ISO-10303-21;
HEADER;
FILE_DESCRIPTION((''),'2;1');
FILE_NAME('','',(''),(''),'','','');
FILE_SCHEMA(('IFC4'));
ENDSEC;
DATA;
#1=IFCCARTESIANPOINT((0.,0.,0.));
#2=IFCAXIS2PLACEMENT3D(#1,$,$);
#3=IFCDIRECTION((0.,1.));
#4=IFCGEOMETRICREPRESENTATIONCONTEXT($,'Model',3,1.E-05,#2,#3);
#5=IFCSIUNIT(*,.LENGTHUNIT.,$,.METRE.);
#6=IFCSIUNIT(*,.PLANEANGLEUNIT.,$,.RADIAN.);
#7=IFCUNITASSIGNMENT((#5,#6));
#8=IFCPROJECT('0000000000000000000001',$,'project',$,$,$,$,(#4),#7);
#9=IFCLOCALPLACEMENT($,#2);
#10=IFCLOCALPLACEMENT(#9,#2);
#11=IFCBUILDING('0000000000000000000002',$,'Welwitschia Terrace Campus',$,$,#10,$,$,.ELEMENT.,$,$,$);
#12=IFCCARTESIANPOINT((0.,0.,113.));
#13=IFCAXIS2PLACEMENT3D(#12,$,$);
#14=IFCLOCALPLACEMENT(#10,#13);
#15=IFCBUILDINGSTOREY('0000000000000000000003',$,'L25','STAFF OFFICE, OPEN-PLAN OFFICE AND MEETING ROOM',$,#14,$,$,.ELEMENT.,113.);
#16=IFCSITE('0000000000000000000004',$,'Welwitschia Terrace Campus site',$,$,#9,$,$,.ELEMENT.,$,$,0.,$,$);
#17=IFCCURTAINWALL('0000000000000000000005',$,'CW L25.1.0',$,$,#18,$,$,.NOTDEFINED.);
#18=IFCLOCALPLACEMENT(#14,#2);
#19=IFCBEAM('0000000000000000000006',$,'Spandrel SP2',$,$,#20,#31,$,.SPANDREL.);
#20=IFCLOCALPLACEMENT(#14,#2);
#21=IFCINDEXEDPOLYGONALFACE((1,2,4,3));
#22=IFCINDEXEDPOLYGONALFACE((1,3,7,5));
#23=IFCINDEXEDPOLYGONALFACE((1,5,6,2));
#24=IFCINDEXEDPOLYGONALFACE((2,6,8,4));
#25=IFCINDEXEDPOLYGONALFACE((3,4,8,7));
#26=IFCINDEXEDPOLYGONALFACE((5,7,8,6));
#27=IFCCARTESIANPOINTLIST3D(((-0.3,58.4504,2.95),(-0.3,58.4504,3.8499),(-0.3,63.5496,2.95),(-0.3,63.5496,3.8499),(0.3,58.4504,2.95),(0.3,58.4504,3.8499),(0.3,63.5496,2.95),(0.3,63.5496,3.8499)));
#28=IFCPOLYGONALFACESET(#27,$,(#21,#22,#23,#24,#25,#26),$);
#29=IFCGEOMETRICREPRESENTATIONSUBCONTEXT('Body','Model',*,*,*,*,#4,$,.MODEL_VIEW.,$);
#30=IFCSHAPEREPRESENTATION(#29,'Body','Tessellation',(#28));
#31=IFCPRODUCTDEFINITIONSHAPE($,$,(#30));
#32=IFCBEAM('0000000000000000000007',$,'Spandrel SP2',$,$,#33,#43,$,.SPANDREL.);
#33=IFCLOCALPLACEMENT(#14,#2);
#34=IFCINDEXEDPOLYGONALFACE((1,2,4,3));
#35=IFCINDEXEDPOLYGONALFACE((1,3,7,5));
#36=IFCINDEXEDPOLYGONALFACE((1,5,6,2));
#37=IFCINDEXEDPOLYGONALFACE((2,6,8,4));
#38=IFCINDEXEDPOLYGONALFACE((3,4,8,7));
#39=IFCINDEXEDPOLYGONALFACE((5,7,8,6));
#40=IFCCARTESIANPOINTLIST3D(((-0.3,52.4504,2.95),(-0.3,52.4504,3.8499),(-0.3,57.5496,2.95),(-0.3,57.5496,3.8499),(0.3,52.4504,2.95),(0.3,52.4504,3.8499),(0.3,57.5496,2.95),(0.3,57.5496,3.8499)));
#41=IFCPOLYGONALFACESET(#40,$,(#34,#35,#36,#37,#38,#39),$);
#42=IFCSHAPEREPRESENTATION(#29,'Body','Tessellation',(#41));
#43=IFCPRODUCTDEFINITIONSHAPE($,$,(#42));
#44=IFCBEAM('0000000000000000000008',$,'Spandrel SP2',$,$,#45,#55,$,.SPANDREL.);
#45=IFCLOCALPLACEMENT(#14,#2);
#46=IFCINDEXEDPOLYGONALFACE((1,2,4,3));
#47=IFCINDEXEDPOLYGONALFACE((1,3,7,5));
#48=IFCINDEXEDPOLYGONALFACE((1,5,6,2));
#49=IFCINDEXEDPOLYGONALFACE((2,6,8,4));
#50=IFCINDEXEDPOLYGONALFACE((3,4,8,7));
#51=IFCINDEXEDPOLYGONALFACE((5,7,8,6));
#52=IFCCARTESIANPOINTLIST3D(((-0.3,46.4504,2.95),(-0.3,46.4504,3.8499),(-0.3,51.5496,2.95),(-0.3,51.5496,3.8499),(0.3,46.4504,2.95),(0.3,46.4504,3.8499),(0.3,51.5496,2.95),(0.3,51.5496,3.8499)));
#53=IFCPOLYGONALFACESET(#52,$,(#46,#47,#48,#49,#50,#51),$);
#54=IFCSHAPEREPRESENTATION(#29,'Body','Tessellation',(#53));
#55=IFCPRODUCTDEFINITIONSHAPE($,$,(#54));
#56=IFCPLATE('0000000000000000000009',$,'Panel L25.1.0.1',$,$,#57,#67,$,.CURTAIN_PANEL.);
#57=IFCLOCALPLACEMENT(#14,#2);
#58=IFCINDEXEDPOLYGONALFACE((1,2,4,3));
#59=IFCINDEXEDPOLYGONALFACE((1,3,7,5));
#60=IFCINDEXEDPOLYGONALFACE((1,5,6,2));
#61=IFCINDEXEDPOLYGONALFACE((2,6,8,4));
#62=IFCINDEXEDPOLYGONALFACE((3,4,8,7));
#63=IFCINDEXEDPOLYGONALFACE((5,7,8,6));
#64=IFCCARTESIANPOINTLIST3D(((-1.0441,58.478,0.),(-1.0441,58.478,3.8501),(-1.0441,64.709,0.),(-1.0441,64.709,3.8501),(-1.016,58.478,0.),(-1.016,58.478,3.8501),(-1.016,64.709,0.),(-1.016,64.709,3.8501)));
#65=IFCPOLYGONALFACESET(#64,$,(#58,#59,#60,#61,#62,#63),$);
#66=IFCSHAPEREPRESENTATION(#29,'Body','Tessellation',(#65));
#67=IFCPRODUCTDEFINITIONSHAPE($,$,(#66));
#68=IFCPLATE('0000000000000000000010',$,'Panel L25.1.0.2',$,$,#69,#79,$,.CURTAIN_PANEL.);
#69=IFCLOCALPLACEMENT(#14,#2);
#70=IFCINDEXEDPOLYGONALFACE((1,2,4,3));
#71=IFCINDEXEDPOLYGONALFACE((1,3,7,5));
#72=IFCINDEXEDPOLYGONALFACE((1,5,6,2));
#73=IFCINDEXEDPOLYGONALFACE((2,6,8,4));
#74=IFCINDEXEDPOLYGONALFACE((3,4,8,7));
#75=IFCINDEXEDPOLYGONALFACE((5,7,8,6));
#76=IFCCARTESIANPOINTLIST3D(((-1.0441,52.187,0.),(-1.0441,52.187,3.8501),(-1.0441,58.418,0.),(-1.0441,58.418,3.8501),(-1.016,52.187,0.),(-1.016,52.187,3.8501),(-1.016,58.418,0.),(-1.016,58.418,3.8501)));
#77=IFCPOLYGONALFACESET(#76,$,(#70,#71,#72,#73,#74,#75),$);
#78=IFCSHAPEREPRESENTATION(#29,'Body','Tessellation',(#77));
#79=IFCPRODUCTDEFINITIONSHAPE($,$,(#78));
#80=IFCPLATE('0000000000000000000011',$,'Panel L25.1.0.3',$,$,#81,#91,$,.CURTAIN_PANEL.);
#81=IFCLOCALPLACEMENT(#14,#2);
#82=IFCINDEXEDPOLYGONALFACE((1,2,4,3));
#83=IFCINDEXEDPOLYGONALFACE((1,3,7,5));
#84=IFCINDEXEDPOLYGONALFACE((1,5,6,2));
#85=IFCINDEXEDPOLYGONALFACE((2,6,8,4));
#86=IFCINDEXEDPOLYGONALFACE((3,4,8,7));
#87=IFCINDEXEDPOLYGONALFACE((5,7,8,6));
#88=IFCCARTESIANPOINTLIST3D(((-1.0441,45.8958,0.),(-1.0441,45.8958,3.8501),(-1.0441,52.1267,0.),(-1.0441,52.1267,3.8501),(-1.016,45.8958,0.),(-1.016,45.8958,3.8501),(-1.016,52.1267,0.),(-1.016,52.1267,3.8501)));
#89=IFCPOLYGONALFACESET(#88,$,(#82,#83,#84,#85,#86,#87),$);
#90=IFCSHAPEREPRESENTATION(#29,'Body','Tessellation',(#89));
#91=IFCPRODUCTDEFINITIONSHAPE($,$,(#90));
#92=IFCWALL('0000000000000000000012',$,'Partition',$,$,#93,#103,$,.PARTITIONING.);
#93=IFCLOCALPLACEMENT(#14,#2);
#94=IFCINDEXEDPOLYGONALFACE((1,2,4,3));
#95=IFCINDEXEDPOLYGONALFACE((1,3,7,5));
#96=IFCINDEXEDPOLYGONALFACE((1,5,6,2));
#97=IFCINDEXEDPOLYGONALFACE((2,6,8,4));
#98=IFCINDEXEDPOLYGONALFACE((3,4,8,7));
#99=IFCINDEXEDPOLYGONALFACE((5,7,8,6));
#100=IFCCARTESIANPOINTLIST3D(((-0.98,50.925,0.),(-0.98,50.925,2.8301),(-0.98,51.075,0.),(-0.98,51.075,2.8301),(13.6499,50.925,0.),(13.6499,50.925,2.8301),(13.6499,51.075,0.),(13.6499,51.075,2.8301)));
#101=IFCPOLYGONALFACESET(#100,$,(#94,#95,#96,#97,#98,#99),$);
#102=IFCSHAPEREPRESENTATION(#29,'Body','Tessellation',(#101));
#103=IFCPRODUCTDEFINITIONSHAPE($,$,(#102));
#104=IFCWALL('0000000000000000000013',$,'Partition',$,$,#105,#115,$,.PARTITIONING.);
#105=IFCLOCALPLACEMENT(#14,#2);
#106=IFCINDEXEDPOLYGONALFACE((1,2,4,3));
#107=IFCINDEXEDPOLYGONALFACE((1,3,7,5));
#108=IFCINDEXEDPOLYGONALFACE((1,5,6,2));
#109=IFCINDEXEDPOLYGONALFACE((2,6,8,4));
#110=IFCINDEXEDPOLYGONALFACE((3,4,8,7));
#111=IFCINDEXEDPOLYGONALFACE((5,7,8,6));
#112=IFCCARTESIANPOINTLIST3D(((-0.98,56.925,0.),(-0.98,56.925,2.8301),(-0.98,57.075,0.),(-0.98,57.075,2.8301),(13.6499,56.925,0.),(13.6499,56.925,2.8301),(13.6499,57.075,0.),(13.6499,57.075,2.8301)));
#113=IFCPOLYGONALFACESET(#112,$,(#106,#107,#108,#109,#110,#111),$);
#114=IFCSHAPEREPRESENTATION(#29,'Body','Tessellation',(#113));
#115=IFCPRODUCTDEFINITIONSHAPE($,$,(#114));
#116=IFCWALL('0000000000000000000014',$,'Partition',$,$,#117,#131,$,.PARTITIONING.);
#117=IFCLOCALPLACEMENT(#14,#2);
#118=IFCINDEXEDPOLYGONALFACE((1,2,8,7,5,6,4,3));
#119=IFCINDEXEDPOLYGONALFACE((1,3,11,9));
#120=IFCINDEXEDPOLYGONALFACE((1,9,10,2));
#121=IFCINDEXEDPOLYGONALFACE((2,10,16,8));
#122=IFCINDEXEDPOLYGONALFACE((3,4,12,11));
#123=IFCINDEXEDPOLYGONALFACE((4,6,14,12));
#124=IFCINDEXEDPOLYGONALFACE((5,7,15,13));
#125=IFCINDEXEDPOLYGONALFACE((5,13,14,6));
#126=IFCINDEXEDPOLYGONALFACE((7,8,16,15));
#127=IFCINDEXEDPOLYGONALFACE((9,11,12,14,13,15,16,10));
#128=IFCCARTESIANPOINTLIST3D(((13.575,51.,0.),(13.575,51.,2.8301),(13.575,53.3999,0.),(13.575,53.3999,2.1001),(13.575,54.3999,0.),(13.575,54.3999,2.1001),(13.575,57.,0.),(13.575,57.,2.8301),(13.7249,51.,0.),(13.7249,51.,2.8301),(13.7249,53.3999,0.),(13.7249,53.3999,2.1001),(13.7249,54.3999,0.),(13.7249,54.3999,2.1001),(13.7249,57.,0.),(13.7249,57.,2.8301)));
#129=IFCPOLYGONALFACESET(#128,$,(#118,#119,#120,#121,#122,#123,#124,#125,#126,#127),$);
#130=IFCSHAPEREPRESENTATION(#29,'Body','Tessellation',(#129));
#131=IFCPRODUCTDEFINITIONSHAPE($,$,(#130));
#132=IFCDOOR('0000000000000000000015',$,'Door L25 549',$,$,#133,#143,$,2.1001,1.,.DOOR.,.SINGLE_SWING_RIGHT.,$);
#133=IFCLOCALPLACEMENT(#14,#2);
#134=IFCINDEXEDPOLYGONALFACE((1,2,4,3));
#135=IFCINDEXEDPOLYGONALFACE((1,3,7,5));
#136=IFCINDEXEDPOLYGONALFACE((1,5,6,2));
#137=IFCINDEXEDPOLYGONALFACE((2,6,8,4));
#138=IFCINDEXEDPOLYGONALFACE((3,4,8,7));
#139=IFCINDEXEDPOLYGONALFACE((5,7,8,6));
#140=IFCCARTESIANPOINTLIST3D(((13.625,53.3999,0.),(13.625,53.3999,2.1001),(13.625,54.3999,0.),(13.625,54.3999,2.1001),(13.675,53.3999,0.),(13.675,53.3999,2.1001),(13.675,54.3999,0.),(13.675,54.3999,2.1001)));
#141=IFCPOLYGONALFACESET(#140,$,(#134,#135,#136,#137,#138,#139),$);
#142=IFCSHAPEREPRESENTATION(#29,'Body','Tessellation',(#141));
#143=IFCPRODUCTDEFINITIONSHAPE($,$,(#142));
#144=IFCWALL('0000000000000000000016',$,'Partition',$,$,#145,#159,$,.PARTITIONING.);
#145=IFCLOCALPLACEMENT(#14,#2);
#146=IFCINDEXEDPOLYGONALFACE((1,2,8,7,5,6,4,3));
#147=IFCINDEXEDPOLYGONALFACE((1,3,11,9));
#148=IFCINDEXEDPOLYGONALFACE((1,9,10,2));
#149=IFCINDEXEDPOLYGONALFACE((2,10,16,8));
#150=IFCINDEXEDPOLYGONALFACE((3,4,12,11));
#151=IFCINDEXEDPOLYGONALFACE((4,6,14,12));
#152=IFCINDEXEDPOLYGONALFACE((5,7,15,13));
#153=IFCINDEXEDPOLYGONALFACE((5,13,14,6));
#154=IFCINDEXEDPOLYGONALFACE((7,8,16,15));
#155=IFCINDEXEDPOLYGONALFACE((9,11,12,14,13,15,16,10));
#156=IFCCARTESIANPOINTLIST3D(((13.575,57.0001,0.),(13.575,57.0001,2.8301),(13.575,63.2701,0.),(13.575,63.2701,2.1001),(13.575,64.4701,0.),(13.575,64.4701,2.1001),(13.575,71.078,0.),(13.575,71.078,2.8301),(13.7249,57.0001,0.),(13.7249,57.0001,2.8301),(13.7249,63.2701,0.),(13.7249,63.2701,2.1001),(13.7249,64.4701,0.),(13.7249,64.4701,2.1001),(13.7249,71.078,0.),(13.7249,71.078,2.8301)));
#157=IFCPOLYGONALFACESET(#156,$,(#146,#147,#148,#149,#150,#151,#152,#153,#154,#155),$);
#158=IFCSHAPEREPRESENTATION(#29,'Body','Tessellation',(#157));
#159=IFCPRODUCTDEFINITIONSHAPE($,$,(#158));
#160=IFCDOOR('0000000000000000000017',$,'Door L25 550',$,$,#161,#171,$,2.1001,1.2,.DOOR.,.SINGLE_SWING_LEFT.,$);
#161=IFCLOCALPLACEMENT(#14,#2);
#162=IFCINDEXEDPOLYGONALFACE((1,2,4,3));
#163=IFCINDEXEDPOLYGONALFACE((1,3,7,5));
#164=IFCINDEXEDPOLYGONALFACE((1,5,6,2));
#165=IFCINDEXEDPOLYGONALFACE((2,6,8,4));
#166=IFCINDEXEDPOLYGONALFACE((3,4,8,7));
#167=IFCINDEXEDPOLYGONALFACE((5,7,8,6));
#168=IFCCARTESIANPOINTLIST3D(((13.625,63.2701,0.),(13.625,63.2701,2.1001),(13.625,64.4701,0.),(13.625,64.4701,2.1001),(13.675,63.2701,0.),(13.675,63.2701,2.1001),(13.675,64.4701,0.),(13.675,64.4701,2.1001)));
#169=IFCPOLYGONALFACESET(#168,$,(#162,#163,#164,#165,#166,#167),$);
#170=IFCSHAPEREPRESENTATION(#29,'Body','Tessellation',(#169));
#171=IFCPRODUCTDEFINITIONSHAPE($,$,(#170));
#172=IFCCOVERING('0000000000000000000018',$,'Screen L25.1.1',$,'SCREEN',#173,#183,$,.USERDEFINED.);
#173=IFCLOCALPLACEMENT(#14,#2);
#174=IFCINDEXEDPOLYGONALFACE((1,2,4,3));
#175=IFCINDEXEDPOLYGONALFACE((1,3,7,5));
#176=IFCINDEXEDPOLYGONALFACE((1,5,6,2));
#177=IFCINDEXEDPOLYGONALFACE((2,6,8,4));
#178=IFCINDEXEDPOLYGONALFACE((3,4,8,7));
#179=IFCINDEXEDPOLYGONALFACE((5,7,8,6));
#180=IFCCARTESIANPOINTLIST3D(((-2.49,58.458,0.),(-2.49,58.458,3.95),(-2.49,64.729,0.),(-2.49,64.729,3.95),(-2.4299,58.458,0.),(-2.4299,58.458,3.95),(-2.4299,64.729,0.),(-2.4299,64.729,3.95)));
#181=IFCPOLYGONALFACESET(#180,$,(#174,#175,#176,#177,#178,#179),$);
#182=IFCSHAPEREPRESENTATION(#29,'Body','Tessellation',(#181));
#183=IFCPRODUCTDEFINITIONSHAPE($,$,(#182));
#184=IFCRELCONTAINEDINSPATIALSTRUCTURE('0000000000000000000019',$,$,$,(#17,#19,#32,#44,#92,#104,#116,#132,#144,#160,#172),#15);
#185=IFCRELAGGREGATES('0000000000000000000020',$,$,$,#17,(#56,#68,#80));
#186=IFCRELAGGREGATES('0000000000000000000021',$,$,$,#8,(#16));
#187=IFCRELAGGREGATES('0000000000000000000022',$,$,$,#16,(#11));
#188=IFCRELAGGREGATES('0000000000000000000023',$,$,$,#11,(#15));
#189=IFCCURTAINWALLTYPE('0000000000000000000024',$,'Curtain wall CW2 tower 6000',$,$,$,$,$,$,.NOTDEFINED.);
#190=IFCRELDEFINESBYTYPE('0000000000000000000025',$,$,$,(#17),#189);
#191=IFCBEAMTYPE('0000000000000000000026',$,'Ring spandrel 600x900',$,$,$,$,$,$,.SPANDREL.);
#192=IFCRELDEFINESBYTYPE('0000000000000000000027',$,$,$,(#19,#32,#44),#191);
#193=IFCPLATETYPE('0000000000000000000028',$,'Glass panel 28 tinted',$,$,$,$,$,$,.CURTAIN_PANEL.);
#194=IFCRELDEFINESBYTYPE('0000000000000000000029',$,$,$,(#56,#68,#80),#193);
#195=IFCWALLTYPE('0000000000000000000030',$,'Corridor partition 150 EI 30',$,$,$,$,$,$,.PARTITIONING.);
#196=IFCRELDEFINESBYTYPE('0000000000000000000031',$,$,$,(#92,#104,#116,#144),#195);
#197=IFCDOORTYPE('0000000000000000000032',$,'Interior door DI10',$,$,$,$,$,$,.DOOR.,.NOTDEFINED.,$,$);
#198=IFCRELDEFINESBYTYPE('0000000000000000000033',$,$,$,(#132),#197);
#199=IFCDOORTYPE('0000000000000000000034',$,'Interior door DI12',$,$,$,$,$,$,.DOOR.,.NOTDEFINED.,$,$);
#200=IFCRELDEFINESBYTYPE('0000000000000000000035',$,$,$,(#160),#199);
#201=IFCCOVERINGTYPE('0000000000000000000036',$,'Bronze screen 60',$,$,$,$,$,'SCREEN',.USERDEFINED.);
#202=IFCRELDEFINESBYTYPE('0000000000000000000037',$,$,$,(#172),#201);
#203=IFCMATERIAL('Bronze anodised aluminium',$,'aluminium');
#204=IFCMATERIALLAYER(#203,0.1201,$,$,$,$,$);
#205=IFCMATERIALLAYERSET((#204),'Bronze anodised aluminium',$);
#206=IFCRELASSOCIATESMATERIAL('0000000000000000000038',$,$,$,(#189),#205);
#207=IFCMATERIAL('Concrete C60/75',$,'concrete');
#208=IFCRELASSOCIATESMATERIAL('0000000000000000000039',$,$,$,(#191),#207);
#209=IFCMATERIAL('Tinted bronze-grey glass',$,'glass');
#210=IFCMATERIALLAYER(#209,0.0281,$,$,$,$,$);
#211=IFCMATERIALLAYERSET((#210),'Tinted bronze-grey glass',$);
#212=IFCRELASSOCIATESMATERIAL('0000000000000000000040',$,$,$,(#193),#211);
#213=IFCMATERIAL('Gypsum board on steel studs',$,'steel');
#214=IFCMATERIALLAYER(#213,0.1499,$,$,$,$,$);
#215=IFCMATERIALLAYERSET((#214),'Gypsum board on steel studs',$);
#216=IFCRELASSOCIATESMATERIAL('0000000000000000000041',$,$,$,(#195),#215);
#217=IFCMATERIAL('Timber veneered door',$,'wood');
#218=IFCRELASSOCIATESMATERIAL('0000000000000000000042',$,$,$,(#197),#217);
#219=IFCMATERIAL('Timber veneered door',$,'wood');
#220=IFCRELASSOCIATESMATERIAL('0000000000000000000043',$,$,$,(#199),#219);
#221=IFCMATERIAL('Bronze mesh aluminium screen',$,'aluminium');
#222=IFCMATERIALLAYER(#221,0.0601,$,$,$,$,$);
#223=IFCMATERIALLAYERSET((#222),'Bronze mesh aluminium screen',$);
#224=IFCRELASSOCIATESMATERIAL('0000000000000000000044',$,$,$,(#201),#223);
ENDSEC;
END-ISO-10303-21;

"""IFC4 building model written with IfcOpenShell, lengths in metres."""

from ifc_helpers import new_model, si_unit, direction, frame, frame_2d, origin, origin_2d, place, context, subcontext, project, spatial, rectangle, extrude, material, layer, layer_set, material_profile, profile_set, type_object, element, fill, aggregate, save


model = new_model("IFC4")

# Units and contexts
model_context = context("Model", 3, precision=1e-05, world=origin(), true_north=direction((0.0, 1.0)))
body_context = subcontext(model_context, "Body", "Model", "MODEL_VIEW")
ifc_project = project(units=[si_unit("LENGTHUNIT", "METRE"), si_unit("PLANEANGLEUNIT", "RADIAN")], contexts=[model_context])

# Site, building, storey
site_placement = place(None, origin())
site = spatial("IfcSite", under=ifc_project, at=site_placement, Name="Welwitschia Terrace Campus site", CompositionType="ELEMENT", RefElevation=0.0)
building_placement = place(site_placement, origin())
building = spatial("IfcBuilding", under=site, at=building_placement, Name="Welwitschia Terrace Campus", CompositionType="ELEMENT")
storey_placement = place(building_placement, frame((0.0, 0.0, 113.0)))
storey = spatial("IfcBuildingStorey", under=building, at=storey_placement, Name="L25", Description="STAFF OFFICE, OPEN-PLAN OFFICE AND MEETING ROOM", CompositionType="ELEMENT", Elevation=113.0)

# Curtain wall
ifc_material_1 = material(Name="Bronze anodised aluminium", Category="aluminium")
ifc_layer_1 = layer(ifc_material_1, 0.1201)
ifc_layer_set_1 = layer_set([ifc_layer_1], Name="Bronze anodised aluminium")
curtain_wall_type = type_object("IfcCurtainWallType", Name="Curtain wall CW2 tower 6000", PredefinedType="NOTDEFINED", material=ifc_layer_set_1)
curtain_wall_placement = place(storey_placement, origin())
curtain_wall = element("IfcCurtainWall", 1, at=curtain_wall_placement, inside=storey, type_object=curtain_wall_type, Name="CW L25.1.0", PredefinedType="NOTDEFINED")

# Beams
ifc_material_2 = material(Name="Concrete C60/75", Category="concrete")
ifc_material_profile_1 = material_profile(ifc_material_2, rectangle(XDim=0.6001, YDim=0.8999, at=origin_2d()))
ifc_profile_set_1 = profile_set([ifc_material_profile_1], Name="Concrete C60/75")
beam_type_1 = type_object("IfcBeamType", Name="Ring spandrel 600x900", PredefinedType="SPANDREL", material=ifc_profile_set_1)
for number, where, z_axis, x_axis, name in (
    (2, (0.0, 63.5496, 3.3999), (0.0, -1.0, 0.0), (1.0, 0.0, 0.0), "Spandrel SP2"),
    (3, (0.0, 57.5496, 3.3999), (0.0, -1.0, 0.0), (1.0, 0.0, 0.0), "Spandrel SP2"),
    (4, (0.0, 51.5496, 3.3999), (0.0, -1.0, 0.0), (1.0, 0.0, 0.0), "Spandrel SP2"),
):
    element("IfcBeam", number, at=place(storey_placement, frame(where, z_axis=z_axis, x_axis=x_axis)), inside=storey, type_object=beam_type_1, Name=name, PredefinedType="SPANDREL", context=body_context, shape_type="SweptSolid", body=[
        extrude(rectangle(XDim=0.6001, YDim=0.8999, at=origin_2d()), origin(), (0.0, 0.0, 1.0), 5.0991),
    ])

# Plates
ifc_material_3 = material(Name="Tinted bronze-grey glass", Category="glass")
ifc_layer_2 = layer(ifc_material_3, 0.0281)
ifc_layer_set_2 = layer_set([ifc_layer_2], Name="Tinted bronze-grey glass")
plate_type = type_object("IfcPlateType", Name="Glass panel 28 tinted", PredefinedType="CURTAIN_PANEL", material=ifc_layer_set_2)
plate_1_placement = place(storey_placement, frame((-1.03, 61.5935, 0.0), z_axis=(0.0, 0.0, 1.0), x_axis=(0.0, -1.0, 0.0)))
plate_1 = element("IfcPlate", 5, at=plate_1_placement, type_object=plate_type, Name="Panel L25.1.0.1", PredefinedType="CURTAIN_PANEL", context=body_context, shape_type="SweptSolid", body=[
    extrude(rectangle(XDim=6.231, YDim=0.0281, at=origin_2d()), origin(), (0.0, 0.0, 1.0), 3.8501),
])
plate_2_placement = place(storey_placement, frame((-1.03, 55.3025, 0.0), z_axis=(0.0, 0.0, 1.0), x_axis=(0.0, -1.0, 0.0)))
plate_2 = element("IfcPlate", 6, at=plate_2_placement, type_object=plate_type, Name="Panel L25.1.0.2", PredefinedType="CURTAIN_PANEL", context=body_context, shape_type="SweptSolid", body=[
    extrude(rectangle(XDim=6.231, YDim=0.0281, at=origin_2d()), origin(), (0.0, 0.0, 1.0), 3.8501),
])
plate_3_placement = place(storey_placement, frame((-1.03, 49.0112, 0.0), z_axis=(0.0, 0.0, 1.0), x_axis=(0.0, -1.0, 0.0)))
plate_3 = element("IfcPlate", 7, at=plate_3_placement, type_object=plate_type, Name="Panel L25.1.0.3", PredefinedType="CURTAIN_PANEL", context=body_context, shape_type="SweptSolid", body=[
    extrude(rectangle(XDim=6.231, YDim=0.0281, at=origin_2d()), origin(), (0.0, 0.0, 1.0), 3.8501),
])
aggregate(curtain_wall, [plate_1, plate_2, plate_3])

# Walls
ifc_material_4 = material(Name="Gypsum board on steel studs", Category="steel")
ifc_layer_3 = layer(ifc_material_4, 0.1499)
ifc_layer_set_3 = layer_set([ifc_layer_3], Name="Gypsum board on steel studs")
wall_type = type_object("IfcWallType", Name="Corridor partition 150 EI 30", PredefinedType="PARTITIONING", material=ifc_layer_set_3)
for number, where, z_axis, x_axis, name in (
    (8, (-0.98, 51.0, 0.0), (0.0, 0.0, 1.0), (1.0, 0.0, 0.0), "Partition"),
    (9, (-0.98, 57.0, 0.0), (0.0, 0.0, 1.0), (1.0, 0.0, 0.0), "Partition"),
):
    element("IfcWall", number, at=place(storey_placement, frame(where, z_axis=z_axis, x_axis=x_axis)), inside=storey, type_object=wall_type, Name=name, PredefinedType="PARTITIONING", context=body_context, shape_type="SweptSolid", body=[
        extrude(rectangle(XDim=14.6299, YDim=0.1499, at=frame_2d((7.3149, 0.0))), origin(), (0.0, 0.0, 1.0), 2.8301),
    ])

# Walls, openings, doors
wall_1_placement = place(storey_placement, frame((13.6499, 51.0, 0.0), z_axis=(0.0, 0.0, 1.0), x_axis=(0.0, 1.0, 0.0)))
wall_1 = element("IfcWall", 10, at=wall_1_placement, inside=storey, type_object=wall_type, Name="Partition", PredefinedType="PARTITIONING", context=body_context, shape_type="SweptSolid", body=[
    extrude(rectangle(XDim=6.0, YDim=0.1499, at=frame_2d((3.0, 0.0))), origin(), (0.0, 0.0, 1.0), 2.8301),
])
opening_1_placement = place(wall_1_placement, frame((2.3999, 0.0, 0.0)))
opening_1 = element("IfcOpeningElement", 11, at=opening_1_placement, cuts=wall_1, PredefinedType="OPENING", context=body_context, shape_type="SweptSolid", body=[
    extrude(rectangle(XDim=1.0, YDim=2.1001, at=frame_2d((0.5, 1.05))), frame((0.0, 0.085, 0.0), z_axis=(0.0, -1.0, 0.0), x_axis=(1.0, 0.0, 0.0)), (0.0, 0.0, 1.0), 0.1699),
])
ifc_material_5 = material(Name="Timber veneered door", Category="wood")
door_type_1 = type_object("IfcDoorType", Name="Interior door DI10", OperationType="NOTDEFINED", PredefinedType="DOOR", material=ifc_material_5)
door_1_placement = place(opening_1_placement, origin())
door_1 = element("IfcDoor", 12, at=door_1_placement, inside=storey, type_object=door_type_1, Name="Door L25 549", OperationType="SINGLE_SWING_RIGHT", OverallHeight=2.1001, OverallWidth=1.0, PredefinedType="DOOR", context=body_context, shape_type="SweptSolid", body=[
    extrude(rectangle(XDim=1.0, YDim=2.1001, at=frame_2d((0.5, 1.05))), frame((0.0, 0.0249, 0.0), z_axis=(0.0, -1.0, 0.0), x_axis=(1.0, 0.0, 0.0)), (0.0, 0.0, 1.0), 0.05),
])
fill(opening_1, door_1)
wall_2_placement = place(storey_placement, frame((13.6499, 57.0, 0.0), z_axis=(0.0, 0.0, 1.0), x_axis=(0.0, 1.0, 0.0)))
wall_2 = element("IfcWall", 13, at=wall_2_placement, inside=storey, type_object=wall_type, Name="Partition", PredefinedType="PARTITIONING", context=body_context, shape_type="SweptSolid", body=[
    extrude(rectangle(XDim=14.0779, YDim=0.1499, at=frame_2d((7.0391, 0.0))), origin(), (0.0, 0.0, 1.0), 2.8301),
])
opening_2_placement = place(wall_2_placement, frame((6.27, 0.0, 0.0)))
opening_2 = element("IfcOpeningElement", 14, at=opening_2_placement, cuts=wall_2, PredefinedType="OPENING", context=body_context, shape_type="SweptSolid", body=[
    extrude(rectangle(XDim=1.2, YDim=2.1001, at=frame_2d((0.6001, 1.05))), frame((0.0, 0.085, 0.0), z_axis=(0.0, -1.0, 0.0), x_axis=(1.0, 0.0, 0.0)), (0.0, 0.0, 1.0), 0.1699),
])
ifc_material_6 = material(Name="Timber veneered door", Category="wood")
door_type_2 = type_object("IfcDoorType", Name="Interior door DI12", OperationType="NOTDEFINED", PredefinedType="DOOR", material=ifc_material_6)
door_2_placement = place(opening_2_placement, origin())
door_2 = element("IfcDoor", 15, at=door_2_placement, inside=storey, type_object=door_type_2, Name="Door L25 550", OperationType="SINGLE_SWING_LEFT", OverallHeight=2.1001, OverallWidth=1.2, PredefinedType="DOOR", context=body_context, shape_type="SweptSolid", body=[
    extrude(rectangle(XDim=1.2, YDim=2.1001, at=frame_2d((0.6001, 1.05))), frame((0.0, 0.0249, 0.0), z_axis=(0.0, -1.0, 0.0), x_axis=(1.0, 0.0, 0.0)), (0.0, 0.0, 1.0), 0.05),
])
fill(opening_2, door_2)

# Covering
ifc_material_7 = material(Name="Bronze mesh aluminium screen", Category="aluminium")
ifc_layer_4 = layer(ifc_material_7, 0.0601)
ifc_layer_set_4 = layer_set([ifc_layer_4], Name="Bronze mesh aluminium screen")
covering_type = type_object("IfcCoveringType", Name="Bronze screen 60", ElementType="SCREEN", PredefinedType="USERDEFINED", material=ifc_layer_set_4)
for number, where, z_axis, x_axis, name in (
    (16, (-2.46, 61.5935, 0.0), (0.0, 0.0, 1.0), (0.0, -1.0, 0.0), "Screen L25.1.1"),
):
    element("IfcCovering", number, at=place(storey_placement, frame(where, z_axis=z_axis, x_axis=x_axis)), inside=storey, type_object=covering_type, Name=name, ObjectType="SCREEN", PredefinedType="USERDEFINED", context=body_context, shape_type="SweptSolid", body=[
        extrude(rectangle(XDim=6.271, YDim=0.0601, at=origin_2d()), origin(), (0.0, 0.0, 1.0), 3.95),
    ])

save(model, "model.ifc")
